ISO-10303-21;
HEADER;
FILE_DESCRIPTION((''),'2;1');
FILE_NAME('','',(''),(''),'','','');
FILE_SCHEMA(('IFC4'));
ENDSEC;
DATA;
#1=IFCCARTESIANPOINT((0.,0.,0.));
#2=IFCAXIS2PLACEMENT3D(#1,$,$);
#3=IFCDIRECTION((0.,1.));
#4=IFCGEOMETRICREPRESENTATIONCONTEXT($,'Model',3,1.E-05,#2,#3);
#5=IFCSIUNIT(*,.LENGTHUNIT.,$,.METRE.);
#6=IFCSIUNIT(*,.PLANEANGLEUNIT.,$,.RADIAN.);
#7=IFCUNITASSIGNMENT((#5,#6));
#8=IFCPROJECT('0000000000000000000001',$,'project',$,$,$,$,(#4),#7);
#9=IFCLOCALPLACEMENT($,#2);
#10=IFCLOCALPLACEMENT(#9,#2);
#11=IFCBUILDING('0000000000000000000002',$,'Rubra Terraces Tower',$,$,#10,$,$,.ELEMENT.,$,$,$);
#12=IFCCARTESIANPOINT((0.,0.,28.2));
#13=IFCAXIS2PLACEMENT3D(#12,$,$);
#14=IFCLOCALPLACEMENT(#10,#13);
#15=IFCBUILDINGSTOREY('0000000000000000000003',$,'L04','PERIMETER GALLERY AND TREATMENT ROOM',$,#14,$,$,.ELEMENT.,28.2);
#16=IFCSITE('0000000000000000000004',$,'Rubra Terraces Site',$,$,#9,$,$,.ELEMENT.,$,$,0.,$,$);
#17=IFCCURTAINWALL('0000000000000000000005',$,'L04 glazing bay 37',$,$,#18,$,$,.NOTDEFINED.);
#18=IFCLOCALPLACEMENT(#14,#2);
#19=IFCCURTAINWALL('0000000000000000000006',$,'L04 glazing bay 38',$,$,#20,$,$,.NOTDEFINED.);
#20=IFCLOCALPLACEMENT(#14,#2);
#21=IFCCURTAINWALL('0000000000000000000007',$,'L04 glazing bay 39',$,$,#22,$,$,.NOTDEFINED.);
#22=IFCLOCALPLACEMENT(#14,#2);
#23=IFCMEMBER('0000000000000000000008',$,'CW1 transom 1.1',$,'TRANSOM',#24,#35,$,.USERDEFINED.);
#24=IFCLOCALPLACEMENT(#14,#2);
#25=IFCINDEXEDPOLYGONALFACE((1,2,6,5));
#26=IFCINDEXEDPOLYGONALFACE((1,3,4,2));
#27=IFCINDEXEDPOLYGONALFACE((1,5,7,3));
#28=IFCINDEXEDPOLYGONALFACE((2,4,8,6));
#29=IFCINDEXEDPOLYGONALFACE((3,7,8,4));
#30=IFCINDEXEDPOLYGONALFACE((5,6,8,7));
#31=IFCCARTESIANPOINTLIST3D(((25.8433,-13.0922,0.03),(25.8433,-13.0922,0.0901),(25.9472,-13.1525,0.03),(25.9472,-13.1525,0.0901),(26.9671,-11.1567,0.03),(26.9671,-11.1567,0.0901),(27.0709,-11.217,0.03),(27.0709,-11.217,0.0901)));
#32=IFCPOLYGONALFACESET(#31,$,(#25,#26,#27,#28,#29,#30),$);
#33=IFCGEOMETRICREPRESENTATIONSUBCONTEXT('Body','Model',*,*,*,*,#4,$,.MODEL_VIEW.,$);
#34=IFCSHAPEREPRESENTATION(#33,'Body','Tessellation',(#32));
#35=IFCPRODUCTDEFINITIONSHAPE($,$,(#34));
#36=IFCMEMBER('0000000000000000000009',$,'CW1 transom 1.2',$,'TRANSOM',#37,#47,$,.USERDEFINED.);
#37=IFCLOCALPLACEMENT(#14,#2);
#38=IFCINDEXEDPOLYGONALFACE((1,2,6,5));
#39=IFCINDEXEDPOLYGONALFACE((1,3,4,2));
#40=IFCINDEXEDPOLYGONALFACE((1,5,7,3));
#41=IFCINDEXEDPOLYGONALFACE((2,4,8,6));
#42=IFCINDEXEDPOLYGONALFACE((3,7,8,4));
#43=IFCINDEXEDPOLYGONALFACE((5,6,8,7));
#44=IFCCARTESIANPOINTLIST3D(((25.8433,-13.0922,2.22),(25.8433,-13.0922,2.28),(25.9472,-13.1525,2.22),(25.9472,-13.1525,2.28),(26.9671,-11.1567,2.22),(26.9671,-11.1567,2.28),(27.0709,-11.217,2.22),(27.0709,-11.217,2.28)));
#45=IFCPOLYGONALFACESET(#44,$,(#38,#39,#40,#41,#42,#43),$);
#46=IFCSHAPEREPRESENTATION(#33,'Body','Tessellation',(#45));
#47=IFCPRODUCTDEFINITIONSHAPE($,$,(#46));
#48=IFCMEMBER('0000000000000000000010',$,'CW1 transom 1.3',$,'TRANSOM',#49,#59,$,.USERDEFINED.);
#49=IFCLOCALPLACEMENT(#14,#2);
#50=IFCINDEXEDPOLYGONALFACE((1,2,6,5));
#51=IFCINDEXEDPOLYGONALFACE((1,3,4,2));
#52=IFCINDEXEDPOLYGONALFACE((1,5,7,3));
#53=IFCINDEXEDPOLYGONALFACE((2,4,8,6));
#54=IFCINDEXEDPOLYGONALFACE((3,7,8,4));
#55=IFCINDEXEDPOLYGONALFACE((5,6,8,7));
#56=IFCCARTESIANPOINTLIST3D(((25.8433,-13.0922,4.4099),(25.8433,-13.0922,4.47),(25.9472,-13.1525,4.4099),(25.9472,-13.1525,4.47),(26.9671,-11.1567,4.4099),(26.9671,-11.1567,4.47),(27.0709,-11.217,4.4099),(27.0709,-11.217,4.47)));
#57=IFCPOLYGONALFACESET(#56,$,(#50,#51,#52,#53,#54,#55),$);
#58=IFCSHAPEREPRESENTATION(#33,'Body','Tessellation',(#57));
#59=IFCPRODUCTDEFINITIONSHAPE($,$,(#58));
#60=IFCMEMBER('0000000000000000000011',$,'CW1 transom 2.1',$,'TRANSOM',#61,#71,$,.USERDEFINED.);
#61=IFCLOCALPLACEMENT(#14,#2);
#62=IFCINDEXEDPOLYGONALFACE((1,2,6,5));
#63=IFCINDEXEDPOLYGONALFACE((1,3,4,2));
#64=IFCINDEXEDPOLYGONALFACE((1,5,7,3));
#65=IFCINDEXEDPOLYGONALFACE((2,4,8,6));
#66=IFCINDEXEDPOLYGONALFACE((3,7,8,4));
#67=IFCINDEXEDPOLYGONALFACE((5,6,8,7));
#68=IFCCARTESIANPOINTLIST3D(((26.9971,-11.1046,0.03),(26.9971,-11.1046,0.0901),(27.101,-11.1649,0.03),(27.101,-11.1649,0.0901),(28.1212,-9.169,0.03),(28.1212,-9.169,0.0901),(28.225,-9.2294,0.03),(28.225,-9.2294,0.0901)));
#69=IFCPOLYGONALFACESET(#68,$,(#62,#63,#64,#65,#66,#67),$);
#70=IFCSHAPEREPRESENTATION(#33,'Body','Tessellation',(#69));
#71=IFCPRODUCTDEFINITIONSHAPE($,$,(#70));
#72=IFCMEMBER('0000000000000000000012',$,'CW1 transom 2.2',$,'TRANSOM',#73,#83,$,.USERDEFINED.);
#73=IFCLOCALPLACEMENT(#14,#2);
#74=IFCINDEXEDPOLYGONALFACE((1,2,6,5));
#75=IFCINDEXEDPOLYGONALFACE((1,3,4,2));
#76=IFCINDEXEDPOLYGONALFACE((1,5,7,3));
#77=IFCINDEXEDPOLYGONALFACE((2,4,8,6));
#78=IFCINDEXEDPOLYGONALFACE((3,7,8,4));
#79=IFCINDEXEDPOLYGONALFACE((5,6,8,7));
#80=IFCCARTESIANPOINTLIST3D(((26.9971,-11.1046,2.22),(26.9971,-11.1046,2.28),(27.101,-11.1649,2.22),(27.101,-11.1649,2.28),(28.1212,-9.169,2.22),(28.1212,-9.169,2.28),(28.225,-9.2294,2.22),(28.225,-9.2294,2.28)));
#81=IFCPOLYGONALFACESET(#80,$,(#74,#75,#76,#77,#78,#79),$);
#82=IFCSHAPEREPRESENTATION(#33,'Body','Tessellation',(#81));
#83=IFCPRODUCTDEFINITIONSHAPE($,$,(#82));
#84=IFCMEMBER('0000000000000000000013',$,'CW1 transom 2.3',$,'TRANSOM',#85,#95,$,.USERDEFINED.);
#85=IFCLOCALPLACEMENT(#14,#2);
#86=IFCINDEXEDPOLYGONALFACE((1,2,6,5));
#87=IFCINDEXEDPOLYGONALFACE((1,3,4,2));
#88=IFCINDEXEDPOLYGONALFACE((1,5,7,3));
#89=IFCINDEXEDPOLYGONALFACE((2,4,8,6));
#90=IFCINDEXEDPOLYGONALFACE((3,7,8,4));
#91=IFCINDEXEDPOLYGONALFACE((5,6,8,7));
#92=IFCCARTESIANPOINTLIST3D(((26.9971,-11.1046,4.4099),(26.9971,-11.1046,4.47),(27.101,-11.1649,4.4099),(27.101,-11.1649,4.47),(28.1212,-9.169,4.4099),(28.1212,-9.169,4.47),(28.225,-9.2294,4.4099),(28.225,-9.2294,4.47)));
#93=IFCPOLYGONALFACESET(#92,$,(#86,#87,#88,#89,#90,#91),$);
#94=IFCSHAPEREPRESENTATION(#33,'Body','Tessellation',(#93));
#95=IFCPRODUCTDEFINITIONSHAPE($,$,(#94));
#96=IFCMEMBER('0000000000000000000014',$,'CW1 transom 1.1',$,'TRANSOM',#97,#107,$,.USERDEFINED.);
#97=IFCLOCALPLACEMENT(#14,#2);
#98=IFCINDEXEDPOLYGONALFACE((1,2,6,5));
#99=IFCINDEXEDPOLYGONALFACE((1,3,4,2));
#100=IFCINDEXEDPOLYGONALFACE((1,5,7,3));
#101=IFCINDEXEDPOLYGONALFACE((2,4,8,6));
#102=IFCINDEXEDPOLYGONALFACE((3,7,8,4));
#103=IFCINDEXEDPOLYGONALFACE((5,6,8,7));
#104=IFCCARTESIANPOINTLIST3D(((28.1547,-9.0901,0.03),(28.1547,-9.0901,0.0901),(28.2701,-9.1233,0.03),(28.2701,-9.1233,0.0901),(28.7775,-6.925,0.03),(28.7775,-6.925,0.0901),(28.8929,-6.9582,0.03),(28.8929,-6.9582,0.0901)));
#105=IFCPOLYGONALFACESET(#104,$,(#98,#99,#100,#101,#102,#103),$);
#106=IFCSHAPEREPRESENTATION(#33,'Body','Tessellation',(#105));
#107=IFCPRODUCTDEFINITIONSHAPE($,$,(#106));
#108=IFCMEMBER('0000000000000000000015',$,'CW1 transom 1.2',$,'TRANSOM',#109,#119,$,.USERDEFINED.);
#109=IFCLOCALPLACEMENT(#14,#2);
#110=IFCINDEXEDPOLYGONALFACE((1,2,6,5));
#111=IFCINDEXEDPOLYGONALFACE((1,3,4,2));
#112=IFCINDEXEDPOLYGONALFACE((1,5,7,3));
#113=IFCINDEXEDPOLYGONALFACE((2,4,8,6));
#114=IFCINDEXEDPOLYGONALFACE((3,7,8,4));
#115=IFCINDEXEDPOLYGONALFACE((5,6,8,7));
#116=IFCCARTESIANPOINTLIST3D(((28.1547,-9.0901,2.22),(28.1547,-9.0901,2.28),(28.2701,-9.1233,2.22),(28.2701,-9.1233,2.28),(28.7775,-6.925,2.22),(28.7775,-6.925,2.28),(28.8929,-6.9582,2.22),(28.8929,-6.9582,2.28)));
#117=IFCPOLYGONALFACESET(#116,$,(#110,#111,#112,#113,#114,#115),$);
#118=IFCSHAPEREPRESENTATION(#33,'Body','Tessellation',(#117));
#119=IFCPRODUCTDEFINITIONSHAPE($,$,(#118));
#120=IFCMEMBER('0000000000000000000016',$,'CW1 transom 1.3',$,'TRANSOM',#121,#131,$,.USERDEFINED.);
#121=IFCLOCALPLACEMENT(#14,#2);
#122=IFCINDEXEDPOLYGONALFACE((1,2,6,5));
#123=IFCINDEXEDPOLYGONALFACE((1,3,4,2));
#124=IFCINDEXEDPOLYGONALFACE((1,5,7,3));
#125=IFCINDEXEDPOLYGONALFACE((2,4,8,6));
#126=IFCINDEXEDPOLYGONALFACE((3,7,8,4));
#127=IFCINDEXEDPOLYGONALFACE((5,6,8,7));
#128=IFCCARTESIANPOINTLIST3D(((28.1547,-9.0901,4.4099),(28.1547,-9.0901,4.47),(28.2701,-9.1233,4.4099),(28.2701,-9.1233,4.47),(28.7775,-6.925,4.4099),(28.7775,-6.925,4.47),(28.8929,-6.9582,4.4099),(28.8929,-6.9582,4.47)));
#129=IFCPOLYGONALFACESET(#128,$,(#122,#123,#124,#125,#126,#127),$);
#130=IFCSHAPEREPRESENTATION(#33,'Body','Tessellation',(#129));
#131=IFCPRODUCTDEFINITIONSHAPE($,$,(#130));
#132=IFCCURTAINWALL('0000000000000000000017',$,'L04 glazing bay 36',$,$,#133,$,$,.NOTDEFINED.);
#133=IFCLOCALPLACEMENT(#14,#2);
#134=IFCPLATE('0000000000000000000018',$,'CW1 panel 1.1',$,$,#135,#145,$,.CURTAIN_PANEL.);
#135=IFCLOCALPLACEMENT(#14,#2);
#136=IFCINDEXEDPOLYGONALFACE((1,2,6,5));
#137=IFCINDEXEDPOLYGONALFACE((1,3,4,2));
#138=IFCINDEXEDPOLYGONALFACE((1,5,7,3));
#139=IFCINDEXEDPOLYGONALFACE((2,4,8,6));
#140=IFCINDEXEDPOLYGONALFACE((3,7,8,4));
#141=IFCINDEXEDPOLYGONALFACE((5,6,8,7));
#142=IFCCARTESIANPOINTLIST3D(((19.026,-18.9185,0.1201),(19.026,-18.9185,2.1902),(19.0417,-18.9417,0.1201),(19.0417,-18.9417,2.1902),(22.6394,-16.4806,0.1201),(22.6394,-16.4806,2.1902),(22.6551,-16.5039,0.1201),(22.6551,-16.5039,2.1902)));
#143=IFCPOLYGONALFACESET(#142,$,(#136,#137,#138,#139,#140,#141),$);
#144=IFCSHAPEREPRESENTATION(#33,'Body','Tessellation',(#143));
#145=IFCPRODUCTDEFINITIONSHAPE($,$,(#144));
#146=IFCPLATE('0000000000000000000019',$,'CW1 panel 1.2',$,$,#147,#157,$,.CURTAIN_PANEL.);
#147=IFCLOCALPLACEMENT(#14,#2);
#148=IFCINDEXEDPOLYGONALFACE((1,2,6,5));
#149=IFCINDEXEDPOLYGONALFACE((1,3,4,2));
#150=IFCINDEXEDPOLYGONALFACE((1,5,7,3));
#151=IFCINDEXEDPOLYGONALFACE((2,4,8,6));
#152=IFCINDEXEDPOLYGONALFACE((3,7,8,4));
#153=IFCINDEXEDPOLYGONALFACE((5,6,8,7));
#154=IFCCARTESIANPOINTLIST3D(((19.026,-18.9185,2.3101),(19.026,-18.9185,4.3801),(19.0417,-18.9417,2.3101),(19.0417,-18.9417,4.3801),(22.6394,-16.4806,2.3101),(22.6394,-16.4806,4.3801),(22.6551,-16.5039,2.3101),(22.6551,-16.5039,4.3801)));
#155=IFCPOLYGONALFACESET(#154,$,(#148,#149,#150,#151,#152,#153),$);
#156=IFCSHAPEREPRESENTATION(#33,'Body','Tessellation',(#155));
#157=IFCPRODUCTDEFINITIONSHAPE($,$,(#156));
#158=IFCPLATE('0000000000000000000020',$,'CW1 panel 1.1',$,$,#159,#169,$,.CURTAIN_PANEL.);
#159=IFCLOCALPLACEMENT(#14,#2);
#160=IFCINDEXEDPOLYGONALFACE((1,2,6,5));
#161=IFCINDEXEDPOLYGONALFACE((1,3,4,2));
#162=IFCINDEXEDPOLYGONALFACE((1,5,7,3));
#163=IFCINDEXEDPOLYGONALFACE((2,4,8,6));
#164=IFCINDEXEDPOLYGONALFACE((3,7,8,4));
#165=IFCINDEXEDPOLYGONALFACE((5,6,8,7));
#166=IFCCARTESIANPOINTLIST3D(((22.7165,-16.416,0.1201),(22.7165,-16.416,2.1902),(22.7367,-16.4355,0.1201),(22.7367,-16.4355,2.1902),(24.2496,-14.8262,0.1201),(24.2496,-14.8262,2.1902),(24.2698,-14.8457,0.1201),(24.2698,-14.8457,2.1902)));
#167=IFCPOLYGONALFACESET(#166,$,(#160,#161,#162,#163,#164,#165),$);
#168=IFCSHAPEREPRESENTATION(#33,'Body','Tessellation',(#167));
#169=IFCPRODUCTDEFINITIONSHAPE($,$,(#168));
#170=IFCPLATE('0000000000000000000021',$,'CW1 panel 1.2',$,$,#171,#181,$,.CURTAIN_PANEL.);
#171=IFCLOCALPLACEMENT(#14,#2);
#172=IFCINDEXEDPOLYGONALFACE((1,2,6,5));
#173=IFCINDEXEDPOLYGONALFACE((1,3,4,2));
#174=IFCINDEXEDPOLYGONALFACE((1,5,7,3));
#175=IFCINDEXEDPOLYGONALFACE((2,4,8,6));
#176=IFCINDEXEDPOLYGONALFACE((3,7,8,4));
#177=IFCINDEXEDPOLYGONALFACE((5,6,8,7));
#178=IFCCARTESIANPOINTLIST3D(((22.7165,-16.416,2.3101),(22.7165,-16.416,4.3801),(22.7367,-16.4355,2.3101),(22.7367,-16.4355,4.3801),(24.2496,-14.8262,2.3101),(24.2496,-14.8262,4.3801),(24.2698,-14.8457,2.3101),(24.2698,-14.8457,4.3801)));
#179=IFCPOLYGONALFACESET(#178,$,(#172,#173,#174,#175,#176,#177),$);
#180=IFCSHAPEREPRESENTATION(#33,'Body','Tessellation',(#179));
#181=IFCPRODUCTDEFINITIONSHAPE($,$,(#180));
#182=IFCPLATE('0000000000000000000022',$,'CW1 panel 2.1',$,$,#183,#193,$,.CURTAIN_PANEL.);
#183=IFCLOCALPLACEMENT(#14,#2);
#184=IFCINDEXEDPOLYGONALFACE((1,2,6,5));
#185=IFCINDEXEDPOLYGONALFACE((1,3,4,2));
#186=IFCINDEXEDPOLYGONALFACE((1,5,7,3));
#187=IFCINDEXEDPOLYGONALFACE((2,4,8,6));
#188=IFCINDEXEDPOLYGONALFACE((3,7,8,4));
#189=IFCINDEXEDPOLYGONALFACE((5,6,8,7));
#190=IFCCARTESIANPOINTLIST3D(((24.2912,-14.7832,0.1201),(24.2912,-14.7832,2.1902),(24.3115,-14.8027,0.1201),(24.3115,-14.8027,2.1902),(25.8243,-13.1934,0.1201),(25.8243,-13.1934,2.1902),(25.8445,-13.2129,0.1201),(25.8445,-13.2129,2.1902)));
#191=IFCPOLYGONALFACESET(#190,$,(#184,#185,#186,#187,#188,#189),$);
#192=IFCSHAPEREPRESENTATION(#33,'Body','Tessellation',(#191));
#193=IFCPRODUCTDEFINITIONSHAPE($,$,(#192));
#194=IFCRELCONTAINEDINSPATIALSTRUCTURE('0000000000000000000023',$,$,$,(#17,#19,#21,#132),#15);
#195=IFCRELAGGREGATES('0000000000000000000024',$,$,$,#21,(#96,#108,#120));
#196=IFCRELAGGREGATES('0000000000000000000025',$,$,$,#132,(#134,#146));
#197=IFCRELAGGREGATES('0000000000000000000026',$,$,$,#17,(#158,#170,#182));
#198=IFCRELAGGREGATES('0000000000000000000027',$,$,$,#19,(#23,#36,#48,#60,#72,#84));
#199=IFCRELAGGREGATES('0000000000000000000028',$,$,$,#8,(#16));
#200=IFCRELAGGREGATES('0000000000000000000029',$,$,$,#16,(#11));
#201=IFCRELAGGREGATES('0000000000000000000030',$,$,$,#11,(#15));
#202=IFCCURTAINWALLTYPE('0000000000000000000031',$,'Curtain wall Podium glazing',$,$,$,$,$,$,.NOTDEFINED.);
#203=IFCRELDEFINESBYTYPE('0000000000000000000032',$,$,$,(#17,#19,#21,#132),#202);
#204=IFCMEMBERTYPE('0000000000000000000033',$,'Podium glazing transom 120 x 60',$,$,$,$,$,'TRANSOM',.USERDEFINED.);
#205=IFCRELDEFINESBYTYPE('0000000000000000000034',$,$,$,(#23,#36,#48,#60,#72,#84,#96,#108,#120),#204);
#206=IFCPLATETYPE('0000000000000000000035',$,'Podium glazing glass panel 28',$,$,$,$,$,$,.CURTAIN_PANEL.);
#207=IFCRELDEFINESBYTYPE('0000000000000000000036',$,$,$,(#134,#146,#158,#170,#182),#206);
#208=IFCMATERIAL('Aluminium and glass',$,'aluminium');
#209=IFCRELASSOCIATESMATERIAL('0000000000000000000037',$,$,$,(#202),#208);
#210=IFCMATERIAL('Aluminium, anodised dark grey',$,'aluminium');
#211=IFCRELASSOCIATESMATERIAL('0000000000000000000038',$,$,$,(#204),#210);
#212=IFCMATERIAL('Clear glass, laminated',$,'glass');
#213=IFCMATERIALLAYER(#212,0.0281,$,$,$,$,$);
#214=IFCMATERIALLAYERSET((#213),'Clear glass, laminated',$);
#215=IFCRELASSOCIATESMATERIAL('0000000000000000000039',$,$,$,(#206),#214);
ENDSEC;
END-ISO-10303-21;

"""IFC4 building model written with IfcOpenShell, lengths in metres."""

from ifc_helpers import new_model, si_unit, direction, frame, origin, origin_2d, place, context, subcontext, project, spatial, rectangle, extrude, material, layer, layer_set, material_profile, profile_set, type_object, element, aggregate, save


model = new_model("IFC4")

# Units and contexts
model_context = context("Model", 3, precision=1e-05, world=origin(), true_north=direction((0.0, 1.0)))
body_context = subcontext(model_context, "Body", "Model", "MODEL_VIEW")
ifc_project = project(units=[si_unit("LENGTHUNIT", "METRE"), si_unit("PLANEANGLEUNIT", "RADIAN")], contexts=[model_context])

# Site, building, storey
site_placement = place(None, origin())
site = spatial("IfcSite", under=ifc_project, at=site_placement, Name="Rubra Terraces Site", CompositionType="ELEMENT", RefElevation=0.0)
building_placement = place(site_placement, origin())
building = spatial("IfcBuilding", under=site, at=building_placement, Name="Rubra Terraces Tower", CompositionType="ELEMENT")
storey_placement = place(building_placement, frame((0.0, 0.0, 28.2)))
storey = spatial("IfcBuildingStorey", under=building, at=storey_placement, Name="L04", Description="PERIMETER GALLERY AND TREATMENT ROOM", CompositionType="ELEMENT", Elevation=28.2)

# Curtain walls
ifc_material_1 = material(Name="Aluminium and glass", Category="aluminium")
curtain_wall_type = type_object("IfcCurtainWallType", Name="Curtain wall Podium glazing", PredefinedType="NOTDEFINED", material=ifc_material_1)
curtain_wall_1_placement = place(storey_placement, origin())
curtain_wall_1 = element("IfcCurtainWall", 1, at=curtain_wall_1_placement, inside=storey, type_object=curtain_wall_type, Name="L04 glazing bay 37", PredefinedType="NOTDEFINED")
ifc_material_2 = material(Name="Aluminium, anodised dark grey", Category="aluminium")
curtain_wall_2_placement = place(storey_placement, origin())
curtain_wall_2 = element("IfcCurtainWall", 2, at=curtain_wall_2_placement, inside=storey, type_object=curtain_wall_type, Name="L04 glazing bay 38", PredefinedType="NOTDEFINED")

# Curtain wall
curtain_wall_3_placement = place(storey_placement, origin())
curtain_wall_3 = element("IfcCurtainWall", 3, at=curtain_wall_3_placement, inside=storey, type_object=curtain_wall_type, Name="L04 glazing bay 39", PredefinedType="NOTDEFINED")

# Members
ifc_material_profile_1 = material_profile(ifc_material_2, rectangle(XDim=0.1201, YDim=0.0601, at=origin_2d()), Name="AL 120x60")
ifc_profile_set_1 = profile_set([ifc_material_profile_1], Name="Aluminium, anodised dark grey")
member_type_1 = type_object("IfcMemberType", Name="Podium glazing transom 120 x 60", ElementType="TRANSOM", PredefinedType="USERDEFINED", material=ifc_profile_set_1)
member_1_placement = place(storey_placement, frame((25.8953, -13.1223, 0.0601), z_axis=(0.502107, 0.864806, 0.0), x_axis=(-0.864806, 0.502107, 0.0)))
member_1 = element("IfcMember", 4, at=member_1_placement, type_object=member_type_1, Name="CW1 transom 1.1", ObjectType="TRANSOM", PredefinedType="USERDEFINED", context=body_context, shape_type="SweptSolid", body=[
    extrude(rectangle(XDim=0.1201, YDim=0.0601, at=origin_2d()), origin(), (0.0, 0.0, 1.0), 2.238),
])
member_2_placement = place(storey_placement, frame((25.8953, -13.1223, 2.25), z_axis=(0.502107, 0.864806, 0.0), x_axis=(-0.864806, 0.502107, 0.0)))
member_2 = element("IfcMember", 5, at=member_2_placement, type_object=member_type_1, Name="CW1 transom 1.2", ObjectType="TRANSOM", PredefinedType="USERDEFINED", context=body_context, shape_type="SweptSolid", body=[
    extrude(rectangle(XDim=0.1201, YDim=0.0601, at=origin_2d()), origin(), (0.0, 0.0, 1.0), 2.238),
])
member_3_placement = place(storey_placement, frame((25.8953, -13.1223, 4.4399), z_axis=(0.502107, 0.864806, 0.0), x_axis=(-0.864806, 0.502107, 0.0)))
member_3 = element("IfcMember", 6, at=member_3_placement, type_object=member_type_1, Name="CW1 transom 1.3", ObjectType="TRANSOM", PredefinedType="USERDEFINED", context=body_context, shape_type="SweptSolid", body=[
    extrude(rectangle(XDim=0.1201, YDim=0.0601, at=origin_2d()), origin(), (0.0, 0.0, 1.0), 2.238),
])
member_4_placement = place(storey_placement, frame((27.0491, -11.1348, 0.0601), z_axis=(0.502188, 0.864758, 0.0), x_axis=(-0.864758, 0.502188, 0.0)))
member_4 = element("IfcMember", 7, at=member_4_placement, type_object=member_type_1, Name="CW1 transom 2.1", ObjectType="TRANSOM", PredefinedType="USERDEFINED", context=body_context, shape_type="SweptSolid", body=[
    extrude(rectangle(XDim=0.1201, YDim=0.0601, at=origin_2d()), origin(), (0.0, 0.0, 1.0), 2.2383),
])
member_5_placement = place(storey_placement, frame((27.0491, -11.1348, 2.25), z_axis=(0.502188, 0.864758, 0.0), x_axis=(-0.864758, 0.502188, 0.0)))
member_5 = element("IfcMember", 8, at=member_5_placement, type_object=member_type_1, Name="CW1 transom 2.2", ObjectType="TRANSOM", PredefinedType="USERDEFINED", context=body_context, shape_type="SweptSolid", body=[
    extrude(rectangle(XDim=0.1201, YDim=0.0601, at=origin_2d()), origin(), (0.0, 0.0, 1.0), 2.2383),
])
member_6_placement = place(storey_placement, frame((27.0491, -11.1348, 4.4399), z_axis=(0.502188, 0.864758, 0.0), x_axis=(-0.864758, 0.502188, 0.0)))
member_6 = element("IfcMember", 9, at=member_6_placement, type_object=member_type_1, Name="CW1 transom 2.3", ObjectType="TRANSOM", PredefinedType="USERDEFINED", context=body_context, shape_type="SweptSolid", body=[
    extrude(rectangle(XDim=0.1201, YDim=0.0601, at=origin_2d()), origin(), (0.0, 0.0, 1.0), 2.2383),
])
member_7_placement = place(storey_placement, frame((28.2124, -9.1067, 0.0601), z_axis=(0.276453, 0.961028, 0.0), x_axis=(-0.961028, 0.276453, 0.0)))
member_7 = element("IfcMember", 10, at=member_7_placement, type_object=member_type_1, Name="CW1 transom 1.1", ObjectType="TRANSOM", PredefinedType="USERDEFINED", context=body_context, shape_type="SweptSolid", body=[
    extrude(rectangle(XDim=0.1201, YDim=0.0601, at=origin_2d()), origin(), (0.0, 0.0, 1.0), 2.2529),
])
member_8_placement = place(storey_placement, frame((28.2124, -9.1067, 2.25), z_axis=(0.276453, 0.961028, 0.0), x_axis=(-0.961028, 0.276453, 0.0)))
member_8 = element("IfcMember", 11, at=member_8_placement, type_object=member_type_1, Name="CW1 transom 1.2", ObjectType="TRANSOM", PredefinedType="USERDEFINED", context=body_context, shape_type="SweptSolid", body=[
    extrude(rectangle(XDim=0.1201, YDim=0.0601, at=origin_2d()), origin(), (0.0, 0.0, 1.0), 2.2529),
])
member_9_placement = place(storey_placement, frame((28.2124, -9.1067, 4.4399), z_axis=(0.276453, 0.961028, 0.0), x_axis=(-0.961028, 0.276453, 0.0)))
member_9 = element("IfcMember", 12, at=member_9_placement, type_object=member_type_1, Name="CW1 transom 1.3", ObjectType="TRANSOM", PredefinedType="USERDEFINED", context=body_context, shape_type="SweptSolid", body=[
    extrude(rectangle(XDim=0.1201, YDim=0.0601, at=origin_2d()), origin(), (0.0, 0.0, 1.0), 2.2529),
])
aggregate(curtain_wall_3, [member_7, member_8, member_9])

# Curtain wall, plates
curtain_wall_4_placement = place(storey_placement, origin())
curtain_wall_4 = element("IfcCurtainWall", 13, at=curtain_wall_4_placement, inside=storey, type_object=curtain_wall_type, Name="L04 glazing bay 36", PredefinedType="NOTDEFINED")
ifc_material_3 = material(Name="Clear glass, laminated", Category="glass")
ifc_layer_1 = layer(ifc_material_3, 0.0281)
ifc_layer_set_1 = layer_set([ifc_layer_1], Name="Clear glass, laminated")
plate_type = type_object("IfcPlateType", Name="Podium glazing glass panel 28", PredefinedType="CURTAIN_PANEL", material=ifc_layer_set_1)
plate_1_placement = place(storey_placement, frame((20.8406, -17.7112, 0.1201), z_axis=(0.0, 0.0, 1.0), x_axis=(0.828981, 0.559277, 0.0)))
plate_1 = element("IfcPlate", 14, at=plate_1_placement, type_object=plate_type, Name="CW1 panel 1.1", PredefinedType="CURTAIN_PANEL", context=body_context, shape_type="SweptSolid", body=[
    extrude(rectangle(XDim=4.3589, YDim=0.0281, at=origin_2d()), origin(), (0.0, 0.0, 1.0), 2.0701),
])
plate_2_placement = place(storey_placement, frame((20.8406, -17.7112, 2.3101), z_axis=(0.0, 0.0, 1.0), x_axis=(0.828981, 0.559277, 0.0)))
plate_2 = element("IfcPlate", 15, at=plate_2_placement, type_object=plate_type, Name="CW1 panel 1.2", PredefinedType="CURTAIN_PANEL", context=body_context, shape_type="SweptSolid", body=[
    extrude(rectangle(XDim=4.3589, YDim=0.0281, at=origin_2d()), origin(), (0.0, 0.0, 1.0), 2.0701),
])
aggregate(curtain_wall_4, [plate_1, plate_2])

# Plates
plate_3_placement = place(storey_placement, frame((23.4932, -15.6309, 0.1201), z_axis=(0.0, 0.0, 1.0), x_axis=(0.694156, 0.719825, 0.0)))
plate_3 = element("IfcPlate", 16, at=plate_3_placement, type_object=plate_type, Name="CW1 panel 1.1", PredefinedType="CURTAIN_PANEL", context=body_context, shape_type="SweptSolid", body=[
    extrude(rectangle(XDim=2.2085, YDim=0.0281, at=origin_2d()), origin(), (0.0, 0.0, 1.0), 2.0701),
])
plate_4_placement = place(storey_placement, frame((23.4932, -15.6309, 2.3101), z_axis=(0.0, 0.0, 1.0), x_axis=(0.694156, 0.719825, 0.0)))
plate_4 = element("IfcPlate", 17, at=plate_4_placement, type_object=plate_type, Name="CW1 panel 1.2", PredefinedType="CURTAIN_PANEL", context=body_context, shape_type="SweptSolid", body=[
    extrude(rectangle(XDim=2.2085, YDim=0.0281, at=origin_2d()), origin(), (0.0, 0.0, 1.0), 2.0701),
])
plate_5_placement = place(storey_placement, frame((25.0679, -13.998, 0.1201), z_axis=(0.0, 0.0, 1.0), x_axis=(0.694156, 0.719825, 0.0)))
plate_5 = element("IfcPlate", 18, at=plate_5_placement, type_object=plate_type, Name="CW1 panel 2.1", PredefinedType="CURTAIN_PANEL", context=body_context, shape_type="SweptSolid", body=[
    extrude(rectangle(XDim=2.2085, YDim=0.0281, at=origin_2d()), origin(), (0.0, 0.0, 1.0), 2.0701),
])
aggregate(curtain_wall_1, [plate_3, plate_4, plate_5])
aggregate(curtain_wall_2, [member_1, member_2, member_3, member_4, member_5, member_6])

save(model, "model.ifc")
